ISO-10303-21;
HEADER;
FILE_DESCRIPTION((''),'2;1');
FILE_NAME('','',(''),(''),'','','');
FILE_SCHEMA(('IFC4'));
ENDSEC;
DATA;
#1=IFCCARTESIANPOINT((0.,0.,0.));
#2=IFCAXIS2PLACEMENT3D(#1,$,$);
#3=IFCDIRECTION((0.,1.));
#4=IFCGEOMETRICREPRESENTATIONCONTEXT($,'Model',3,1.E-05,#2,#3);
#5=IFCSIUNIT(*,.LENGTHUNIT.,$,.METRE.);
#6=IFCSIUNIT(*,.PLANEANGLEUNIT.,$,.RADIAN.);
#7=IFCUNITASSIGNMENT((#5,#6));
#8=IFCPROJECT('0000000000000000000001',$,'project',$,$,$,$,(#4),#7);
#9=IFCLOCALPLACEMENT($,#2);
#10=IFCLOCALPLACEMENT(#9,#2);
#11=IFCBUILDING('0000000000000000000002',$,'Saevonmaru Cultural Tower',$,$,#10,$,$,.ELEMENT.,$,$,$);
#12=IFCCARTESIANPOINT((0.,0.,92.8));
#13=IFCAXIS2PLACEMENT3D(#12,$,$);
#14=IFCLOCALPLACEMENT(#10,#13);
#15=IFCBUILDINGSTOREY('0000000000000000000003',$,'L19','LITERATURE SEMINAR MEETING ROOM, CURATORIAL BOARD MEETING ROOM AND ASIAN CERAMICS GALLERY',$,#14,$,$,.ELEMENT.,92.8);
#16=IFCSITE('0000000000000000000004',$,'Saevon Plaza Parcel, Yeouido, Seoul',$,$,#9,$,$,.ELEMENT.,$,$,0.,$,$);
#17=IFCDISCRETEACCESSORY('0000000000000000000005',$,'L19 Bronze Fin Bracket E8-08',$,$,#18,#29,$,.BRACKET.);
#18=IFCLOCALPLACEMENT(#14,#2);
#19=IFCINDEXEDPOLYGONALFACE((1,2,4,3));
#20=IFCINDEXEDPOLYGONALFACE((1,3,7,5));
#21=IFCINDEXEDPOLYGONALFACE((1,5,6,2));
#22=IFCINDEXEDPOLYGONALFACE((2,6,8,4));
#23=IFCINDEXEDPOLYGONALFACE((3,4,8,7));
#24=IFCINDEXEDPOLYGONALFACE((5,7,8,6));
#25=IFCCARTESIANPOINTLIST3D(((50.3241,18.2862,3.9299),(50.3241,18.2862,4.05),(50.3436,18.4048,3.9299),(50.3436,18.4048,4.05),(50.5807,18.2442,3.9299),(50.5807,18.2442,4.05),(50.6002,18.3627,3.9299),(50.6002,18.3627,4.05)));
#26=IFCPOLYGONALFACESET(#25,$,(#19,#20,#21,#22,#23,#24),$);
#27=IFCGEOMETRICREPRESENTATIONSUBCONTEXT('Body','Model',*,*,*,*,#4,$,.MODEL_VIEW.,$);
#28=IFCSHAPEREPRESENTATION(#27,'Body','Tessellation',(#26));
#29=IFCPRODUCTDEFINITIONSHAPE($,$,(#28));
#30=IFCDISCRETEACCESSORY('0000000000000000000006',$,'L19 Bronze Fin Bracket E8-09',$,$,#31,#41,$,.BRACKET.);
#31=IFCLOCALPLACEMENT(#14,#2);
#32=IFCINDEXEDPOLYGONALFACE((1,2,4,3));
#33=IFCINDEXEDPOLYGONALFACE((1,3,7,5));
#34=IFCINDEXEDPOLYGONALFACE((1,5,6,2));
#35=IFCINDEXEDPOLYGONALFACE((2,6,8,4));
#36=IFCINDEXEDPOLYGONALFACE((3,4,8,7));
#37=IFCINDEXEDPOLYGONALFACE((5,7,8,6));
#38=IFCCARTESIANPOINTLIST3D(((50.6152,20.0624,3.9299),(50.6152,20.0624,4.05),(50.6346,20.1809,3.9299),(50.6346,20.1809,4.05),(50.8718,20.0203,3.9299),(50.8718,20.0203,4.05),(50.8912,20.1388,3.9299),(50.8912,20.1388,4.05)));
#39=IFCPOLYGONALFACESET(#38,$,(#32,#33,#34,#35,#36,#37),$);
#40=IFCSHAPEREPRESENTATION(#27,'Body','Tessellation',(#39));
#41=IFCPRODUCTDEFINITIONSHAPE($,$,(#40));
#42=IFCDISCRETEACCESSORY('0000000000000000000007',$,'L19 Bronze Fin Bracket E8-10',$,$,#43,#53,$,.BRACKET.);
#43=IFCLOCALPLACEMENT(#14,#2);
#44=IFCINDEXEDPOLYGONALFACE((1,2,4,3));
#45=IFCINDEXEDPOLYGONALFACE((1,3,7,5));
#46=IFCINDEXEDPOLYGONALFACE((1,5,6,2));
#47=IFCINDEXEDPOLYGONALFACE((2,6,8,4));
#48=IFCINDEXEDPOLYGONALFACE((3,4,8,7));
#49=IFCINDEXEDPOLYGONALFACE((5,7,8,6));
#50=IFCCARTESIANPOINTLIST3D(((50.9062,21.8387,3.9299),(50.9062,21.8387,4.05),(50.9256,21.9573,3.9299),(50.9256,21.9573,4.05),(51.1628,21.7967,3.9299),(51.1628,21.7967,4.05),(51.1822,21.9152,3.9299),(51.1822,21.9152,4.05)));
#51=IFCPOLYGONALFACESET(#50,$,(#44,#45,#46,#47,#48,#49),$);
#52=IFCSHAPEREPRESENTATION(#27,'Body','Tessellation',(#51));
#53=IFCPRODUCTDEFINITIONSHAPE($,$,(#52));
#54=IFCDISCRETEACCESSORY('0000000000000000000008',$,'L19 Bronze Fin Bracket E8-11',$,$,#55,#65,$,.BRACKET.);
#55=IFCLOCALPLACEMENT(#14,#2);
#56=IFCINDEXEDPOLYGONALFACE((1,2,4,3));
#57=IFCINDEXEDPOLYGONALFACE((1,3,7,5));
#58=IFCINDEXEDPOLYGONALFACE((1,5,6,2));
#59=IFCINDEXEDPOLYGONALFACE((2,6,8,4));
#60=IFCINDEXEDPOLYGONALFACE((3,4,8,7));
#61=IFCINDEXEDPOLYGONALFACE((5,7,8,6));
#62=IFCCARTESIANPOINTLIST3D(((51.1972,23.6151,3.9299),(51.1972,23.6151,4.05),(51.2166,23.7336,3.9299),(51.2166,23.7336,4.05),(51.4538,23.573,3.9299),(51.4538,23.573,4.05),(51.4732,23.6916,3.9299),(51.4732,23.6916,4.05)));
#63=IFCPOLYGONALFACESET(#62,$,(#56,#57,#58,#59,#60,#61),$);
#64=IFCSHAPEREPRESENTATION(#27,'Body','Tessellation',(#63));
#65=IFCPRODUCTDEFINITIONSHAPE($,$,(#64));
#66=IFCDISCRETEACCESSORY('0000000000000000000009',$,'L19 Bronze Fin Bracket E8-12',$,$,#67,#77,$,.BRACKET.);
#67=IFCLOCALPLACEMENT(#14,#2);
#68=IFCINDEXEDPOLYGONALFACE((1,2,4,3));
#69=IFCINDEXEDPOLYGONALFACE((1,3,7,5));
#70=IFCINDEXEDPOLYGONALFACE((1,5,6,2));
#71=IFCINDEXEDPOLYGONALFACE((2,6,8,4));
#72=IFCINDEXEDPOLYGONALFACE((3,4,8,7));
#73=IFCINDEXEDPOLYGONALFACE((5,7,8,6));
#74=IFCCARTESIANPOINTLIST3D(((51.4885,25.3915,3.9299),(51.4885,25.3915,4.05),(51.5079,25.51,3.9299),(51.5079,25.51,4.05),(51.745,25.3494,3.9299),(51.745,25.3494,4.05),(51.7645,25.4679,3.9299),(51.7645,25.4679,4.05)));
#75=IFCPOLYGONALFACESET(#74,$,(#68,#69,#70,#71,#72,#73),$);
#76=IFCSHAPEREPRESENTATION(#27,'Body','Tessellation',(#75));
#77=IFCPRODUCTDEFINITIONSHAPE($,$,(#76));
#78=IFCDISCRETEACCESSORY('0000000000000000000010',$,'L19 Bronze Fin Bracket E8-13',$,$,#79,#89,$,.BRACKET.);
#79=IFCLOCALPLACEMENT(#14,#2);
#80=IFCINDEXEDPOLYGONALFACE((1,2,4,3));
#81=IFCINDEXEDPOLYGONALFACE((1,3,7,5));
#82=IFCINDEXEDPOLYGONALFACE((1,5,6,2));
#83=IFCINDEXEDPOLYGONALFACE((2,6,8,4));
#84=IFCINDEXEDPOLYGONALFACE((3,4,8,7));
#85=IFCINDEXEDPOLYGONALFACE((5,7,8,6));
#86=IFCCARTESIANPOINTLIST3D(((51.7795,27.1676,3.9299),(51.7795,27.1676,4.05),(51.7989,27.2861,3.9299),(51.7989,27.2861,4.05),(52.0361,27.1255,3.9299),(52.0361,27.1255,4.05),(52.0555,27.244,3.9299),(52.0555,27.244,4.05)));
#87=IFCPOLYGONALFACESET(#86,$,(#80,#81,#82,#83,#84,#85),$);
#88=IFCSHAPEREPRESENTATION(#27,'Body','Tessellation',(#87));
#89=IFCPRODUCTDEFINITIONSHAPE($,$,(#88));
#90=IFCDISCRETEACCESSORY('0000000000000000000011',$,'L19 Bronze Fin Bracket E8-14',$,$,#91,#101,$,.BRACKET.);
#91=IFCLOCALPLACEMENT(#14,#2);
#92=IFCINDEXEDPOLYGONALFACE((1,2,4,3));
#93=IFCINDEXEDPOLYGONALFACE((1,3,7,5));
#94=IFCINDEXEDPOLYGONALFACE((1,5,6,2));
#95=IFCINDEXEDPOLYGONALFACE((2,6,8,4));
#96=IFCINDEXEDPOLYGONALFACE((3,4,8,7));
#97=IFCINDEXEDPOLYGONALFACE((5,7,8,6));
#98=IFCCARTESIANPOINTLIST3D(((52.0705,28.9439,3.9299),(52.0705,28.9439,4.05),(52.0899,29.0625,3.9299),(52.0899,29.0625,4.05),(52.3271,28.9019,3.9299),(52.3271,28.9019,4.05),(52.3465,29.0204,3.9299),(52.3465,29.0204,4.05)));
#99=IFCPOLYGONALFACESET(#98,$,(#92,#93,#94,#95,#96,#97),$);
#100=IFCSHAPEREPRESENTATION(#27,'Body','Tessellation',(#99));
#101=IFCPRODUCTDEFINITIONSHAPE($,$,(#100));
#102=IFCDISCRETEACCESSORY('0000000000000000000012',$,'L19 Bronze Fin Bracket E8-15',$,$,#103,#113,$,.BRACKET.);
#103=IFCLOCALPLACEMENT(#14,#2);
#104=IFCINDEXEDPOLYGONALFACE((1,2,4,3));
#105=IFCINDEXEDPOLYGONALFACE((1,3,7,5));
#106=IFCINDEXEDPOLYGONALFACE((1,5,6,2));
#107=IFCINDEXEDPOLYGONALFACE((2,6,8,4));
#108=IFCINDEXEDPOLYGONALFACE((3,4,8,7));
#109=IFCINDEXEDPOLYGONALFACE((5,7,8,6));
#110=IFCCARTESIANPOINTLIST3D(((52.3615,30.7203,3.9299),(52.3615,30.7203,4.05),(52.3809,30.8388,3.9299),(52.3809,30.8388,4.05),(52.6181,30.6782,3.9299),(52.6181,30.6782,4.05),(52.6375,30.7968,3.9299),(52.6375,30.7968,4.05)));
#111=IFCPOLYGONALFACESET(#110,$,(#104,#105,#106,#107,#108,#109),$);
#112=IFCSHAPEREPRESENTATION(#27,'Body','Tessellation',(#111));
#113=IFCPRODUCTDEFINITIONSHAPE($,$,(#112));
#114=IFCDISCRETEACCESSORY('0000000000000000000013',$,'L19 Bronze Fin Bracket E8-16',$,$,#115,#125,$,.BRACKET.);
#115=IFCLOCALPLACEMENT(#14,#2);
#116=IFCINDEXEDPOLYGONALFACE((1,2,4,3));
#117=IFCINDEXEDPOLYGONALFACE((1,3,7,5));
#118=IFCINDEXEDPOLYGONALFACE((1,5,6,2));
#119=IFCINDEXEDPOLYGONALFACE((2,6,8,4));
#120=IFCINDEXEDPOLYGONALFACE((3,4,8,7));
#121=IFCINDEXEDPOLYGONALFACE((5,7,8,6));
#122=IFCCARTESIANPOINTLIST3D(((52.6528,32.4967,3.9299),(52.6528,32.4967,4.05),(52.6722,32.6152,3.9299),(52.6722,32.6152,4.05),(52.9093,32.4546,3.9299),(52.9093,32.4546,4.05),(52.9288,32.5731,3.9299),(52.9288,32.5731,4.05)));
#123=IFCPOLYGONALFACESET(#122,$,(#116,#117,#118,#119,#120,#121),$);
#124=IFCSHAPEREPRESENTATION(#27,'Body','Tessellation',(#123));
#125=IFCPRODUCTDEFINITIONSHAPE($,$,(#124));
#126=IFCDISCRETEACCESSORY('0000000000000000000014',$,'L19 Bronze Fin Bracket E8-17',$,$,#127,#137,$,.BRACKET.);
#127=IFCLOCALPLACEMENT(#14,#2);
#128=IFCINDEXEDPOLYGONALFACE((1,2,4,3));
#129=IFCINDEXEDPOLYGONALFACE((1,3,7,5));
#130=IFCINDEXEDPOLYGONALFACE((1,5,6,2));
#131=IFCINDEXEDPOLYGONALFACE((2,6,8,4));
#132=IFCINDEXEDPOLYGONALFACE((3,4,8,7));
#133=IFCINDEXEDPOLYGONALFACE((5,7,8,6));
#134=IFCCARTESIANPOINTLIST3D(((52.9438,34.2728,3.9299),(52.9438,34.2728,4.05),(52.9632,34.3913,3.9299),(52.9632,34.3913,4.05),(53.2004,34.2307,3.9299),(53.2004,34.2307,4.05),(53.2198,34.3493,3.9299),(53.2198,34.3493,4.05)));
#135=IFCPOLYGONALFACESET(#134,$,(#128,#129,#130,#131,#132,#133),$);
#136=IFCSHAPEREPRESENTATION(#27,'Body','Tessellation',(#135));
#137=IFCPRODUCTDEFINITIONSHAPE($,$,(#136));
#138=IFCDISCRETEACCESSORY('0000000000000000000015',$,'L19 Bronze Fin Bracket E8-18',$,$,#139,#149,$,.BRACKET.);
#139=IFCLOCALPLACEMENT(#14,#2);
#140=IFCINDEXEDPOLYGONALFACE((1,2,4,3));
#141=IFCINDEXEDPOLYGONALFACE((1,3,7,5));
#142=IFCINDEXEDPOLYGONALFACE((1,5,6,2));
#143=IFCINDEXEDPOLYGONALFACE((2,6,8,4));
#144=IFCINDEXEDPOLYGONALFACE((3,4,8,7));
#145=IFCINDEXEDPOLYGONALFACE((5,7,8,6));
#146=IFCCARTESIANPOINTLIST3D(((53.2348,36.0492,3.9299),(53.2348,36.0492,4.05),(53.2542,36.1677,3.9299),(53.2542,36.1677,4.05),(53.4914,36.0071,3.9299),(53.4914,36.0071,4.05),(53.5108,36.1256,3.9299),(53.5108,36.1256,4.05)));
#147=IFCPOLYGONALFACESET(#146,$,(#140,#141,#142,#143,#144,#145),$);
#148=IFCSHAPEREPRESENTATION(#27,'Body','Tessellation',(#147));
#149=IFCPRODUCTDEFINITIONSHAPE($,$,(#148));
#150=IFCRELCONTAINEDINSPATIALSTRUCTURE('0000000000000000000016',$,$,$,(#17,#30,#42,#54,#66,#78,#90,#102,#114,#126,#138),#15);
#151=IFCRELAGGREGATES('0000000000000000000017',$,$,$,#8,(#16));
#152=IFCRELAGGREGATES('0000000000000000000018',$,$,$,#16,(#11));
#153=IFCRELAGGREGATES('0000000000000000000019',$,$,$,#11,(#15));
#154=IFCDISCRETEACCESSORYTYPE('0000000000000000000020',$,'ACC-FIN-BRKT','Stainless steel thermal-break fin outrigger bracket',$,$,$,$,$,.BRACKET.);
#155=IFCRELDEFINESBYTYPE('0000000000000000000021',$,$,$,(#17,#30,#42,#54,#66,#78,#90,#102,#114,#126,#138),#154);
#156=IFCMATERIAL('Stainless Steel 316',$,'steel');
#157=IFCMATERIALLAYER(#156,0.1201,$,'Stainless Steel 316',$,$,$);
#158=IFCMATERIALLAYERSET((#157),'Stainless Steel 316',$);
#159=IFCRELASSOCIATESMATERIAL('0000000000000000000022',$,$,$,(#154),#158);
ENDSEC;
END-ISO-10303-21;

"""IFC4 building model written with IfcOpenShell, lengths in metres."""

from ifc_helpers import new_model, si_unit, direction, frame, origin, origin_2d, place, context, subcontext, project, spatial, rectangle, extrude, material, layer, layer_set, type_object, element, save


model = new_model("IFC4")

# Units and contexts
model_context = context("Model", 3, precision=1e-05, world=origin(), true_north=direction((0.0, 1.0)))
body_context = subcontext(model_context, "Body", "Model", "MODEL_VIEW")
ifc_project = project(units=[si_unit("LENGTHUNIT", "METRE"), si_unit("PLANEANGLEUNIT", "RADIAN")], contexts=[model_context])

# Site, building, storey
site_placement = place(None, origin())
site = spatial("IfcSite", under=ifc_project, at=site_placement, Name="Saevon Plaza Parcel, Yeouido, Seoul", CompositionType="ELEMENT", RefElevation=0.0)
building_placement = place(site_placement, origin())
building = spatial("IfcBuilding", under=site, at=building_placement, Name="Saevonmaru Cultural Tower", CompositionType="ELEMENT")
storey_placement = place(building_placement, frame((0.0, 0.0, 92.8)))
storey = spatial("IfcBuildingStorey", under=building, at=storey_placement, Name="L19", Description="LITERATURE SEMINAR MEETING ROOM, CURATORIAL BOARD MEETING ROOM AND ASIAN CERAMICS GALLERY", CompositionType="ELEMENT", Elevation=92.8)

# Discrete accessories
ifc_material_1 = material(Name="Stainless Steel 316", Category="steel")
ifc_layer_1 = layer(ifc_material_1, 0.1201, Name="Stainless Steel 316")
ifc_layer_set_1 = layer_set([ifc_layer_1], Name="Stainless Steel 316")
discrete_accessory_type = type_object("IfcDiscreteAccessoryType", Name="ACC-FIN-BRKT", Description="Stainless steel thermal-break fin outrigger bracket", PredefinedType="BRACKET", material=ifc_layer_set_1)
for number, where, z_axis, x_axis, name in (
    (1, (50.4622, 18.3245, 3.9299), (0.0, 0.0, 1.0), (0.986827, -0.161776, 0.0), "L19 Bronze Fin Bracket E8-08"),
    (2, (50.7532, 20.1006, 3.9299), (0.0, 0.0, 1.0), (0.986827, -0.161776, 0.0), "L19 Bronze Fin Bracket E8-09"),
    (3, (51.0442, 21.877, 3.9299), (0.0, 0.0, 1.0), (0.986827, -0.161776, 0.0), "L19 Bronze Fin Bracket E8-10"),
    (4, (51.3352, 23.6533, 3.9299), (0.0, 0.0, 1.0), (0.986827, -0.161776, 0.0), "L19 Bronze Fin Bracket E8-11"),
    (5, (51.6265, 25.4297, 3.9299), (0.0, 0.0, 1.0), (0.986827, -0.161776, 0.0), "L19 Bronze Fin Bracket E8-12"),
    (6, (51.9175, 27.2058, 3.9299), (0.0, 0.0, 1.0), (0.986827, -0.161776, 0.0), "L19 Bronze Fin Bracket E8-13"),
    (7, (52.2085, 28.9822, 3.9299), (0.0, 0.0, 1.0), (0.986827, -0.161776, 0.0), "L19 Bronze Fin Bracket E8-14"),
    (8, (52.4995, 30.7585, 3.9299), (0.0, 0.0, 1.0), (0.986827, -0.161776, 0.0), "L19 Bronze Fin Bracket E8-15"),
    (9, (52.7908, 32.5349, 3.9299), (0.0, 0.0, 1.0), (0.986827, -0.161776, 0.0), "L19 Bronze Fin Bracket E8-16"),
    (10, (53.0818, 34.311, 3.9299), (0.0, 0.0, 1.0), (0.986827, -0.161776, 0.0), "L19 Bronze Fin Bracket E8-17"),
    (11, (53.3728, 36.0874, 3.9299), (0.0, 0.0, 1.0), (0.986827, -0.161776, 0.0), "L19 Bronze Fin Bracket E8-18"),
):
    element("IfcDiscreteAccessory", number, at=place(storey_placement, frame(where, z_axis=z_axis, x_axis=x_axis)), inside=storey, type_object=discrete_accessory_type, Name=name, PredefinedType="BRACKET", context=body_context, shape_type="SweptSolid", body=[
        extrude(rectangle(XDim=0.26, YDim=0.1201, at=origin_2d()), origin(), (0.0, 0.0, 1.0), 0.1201),
    ])

save(model, "model.ifc")
